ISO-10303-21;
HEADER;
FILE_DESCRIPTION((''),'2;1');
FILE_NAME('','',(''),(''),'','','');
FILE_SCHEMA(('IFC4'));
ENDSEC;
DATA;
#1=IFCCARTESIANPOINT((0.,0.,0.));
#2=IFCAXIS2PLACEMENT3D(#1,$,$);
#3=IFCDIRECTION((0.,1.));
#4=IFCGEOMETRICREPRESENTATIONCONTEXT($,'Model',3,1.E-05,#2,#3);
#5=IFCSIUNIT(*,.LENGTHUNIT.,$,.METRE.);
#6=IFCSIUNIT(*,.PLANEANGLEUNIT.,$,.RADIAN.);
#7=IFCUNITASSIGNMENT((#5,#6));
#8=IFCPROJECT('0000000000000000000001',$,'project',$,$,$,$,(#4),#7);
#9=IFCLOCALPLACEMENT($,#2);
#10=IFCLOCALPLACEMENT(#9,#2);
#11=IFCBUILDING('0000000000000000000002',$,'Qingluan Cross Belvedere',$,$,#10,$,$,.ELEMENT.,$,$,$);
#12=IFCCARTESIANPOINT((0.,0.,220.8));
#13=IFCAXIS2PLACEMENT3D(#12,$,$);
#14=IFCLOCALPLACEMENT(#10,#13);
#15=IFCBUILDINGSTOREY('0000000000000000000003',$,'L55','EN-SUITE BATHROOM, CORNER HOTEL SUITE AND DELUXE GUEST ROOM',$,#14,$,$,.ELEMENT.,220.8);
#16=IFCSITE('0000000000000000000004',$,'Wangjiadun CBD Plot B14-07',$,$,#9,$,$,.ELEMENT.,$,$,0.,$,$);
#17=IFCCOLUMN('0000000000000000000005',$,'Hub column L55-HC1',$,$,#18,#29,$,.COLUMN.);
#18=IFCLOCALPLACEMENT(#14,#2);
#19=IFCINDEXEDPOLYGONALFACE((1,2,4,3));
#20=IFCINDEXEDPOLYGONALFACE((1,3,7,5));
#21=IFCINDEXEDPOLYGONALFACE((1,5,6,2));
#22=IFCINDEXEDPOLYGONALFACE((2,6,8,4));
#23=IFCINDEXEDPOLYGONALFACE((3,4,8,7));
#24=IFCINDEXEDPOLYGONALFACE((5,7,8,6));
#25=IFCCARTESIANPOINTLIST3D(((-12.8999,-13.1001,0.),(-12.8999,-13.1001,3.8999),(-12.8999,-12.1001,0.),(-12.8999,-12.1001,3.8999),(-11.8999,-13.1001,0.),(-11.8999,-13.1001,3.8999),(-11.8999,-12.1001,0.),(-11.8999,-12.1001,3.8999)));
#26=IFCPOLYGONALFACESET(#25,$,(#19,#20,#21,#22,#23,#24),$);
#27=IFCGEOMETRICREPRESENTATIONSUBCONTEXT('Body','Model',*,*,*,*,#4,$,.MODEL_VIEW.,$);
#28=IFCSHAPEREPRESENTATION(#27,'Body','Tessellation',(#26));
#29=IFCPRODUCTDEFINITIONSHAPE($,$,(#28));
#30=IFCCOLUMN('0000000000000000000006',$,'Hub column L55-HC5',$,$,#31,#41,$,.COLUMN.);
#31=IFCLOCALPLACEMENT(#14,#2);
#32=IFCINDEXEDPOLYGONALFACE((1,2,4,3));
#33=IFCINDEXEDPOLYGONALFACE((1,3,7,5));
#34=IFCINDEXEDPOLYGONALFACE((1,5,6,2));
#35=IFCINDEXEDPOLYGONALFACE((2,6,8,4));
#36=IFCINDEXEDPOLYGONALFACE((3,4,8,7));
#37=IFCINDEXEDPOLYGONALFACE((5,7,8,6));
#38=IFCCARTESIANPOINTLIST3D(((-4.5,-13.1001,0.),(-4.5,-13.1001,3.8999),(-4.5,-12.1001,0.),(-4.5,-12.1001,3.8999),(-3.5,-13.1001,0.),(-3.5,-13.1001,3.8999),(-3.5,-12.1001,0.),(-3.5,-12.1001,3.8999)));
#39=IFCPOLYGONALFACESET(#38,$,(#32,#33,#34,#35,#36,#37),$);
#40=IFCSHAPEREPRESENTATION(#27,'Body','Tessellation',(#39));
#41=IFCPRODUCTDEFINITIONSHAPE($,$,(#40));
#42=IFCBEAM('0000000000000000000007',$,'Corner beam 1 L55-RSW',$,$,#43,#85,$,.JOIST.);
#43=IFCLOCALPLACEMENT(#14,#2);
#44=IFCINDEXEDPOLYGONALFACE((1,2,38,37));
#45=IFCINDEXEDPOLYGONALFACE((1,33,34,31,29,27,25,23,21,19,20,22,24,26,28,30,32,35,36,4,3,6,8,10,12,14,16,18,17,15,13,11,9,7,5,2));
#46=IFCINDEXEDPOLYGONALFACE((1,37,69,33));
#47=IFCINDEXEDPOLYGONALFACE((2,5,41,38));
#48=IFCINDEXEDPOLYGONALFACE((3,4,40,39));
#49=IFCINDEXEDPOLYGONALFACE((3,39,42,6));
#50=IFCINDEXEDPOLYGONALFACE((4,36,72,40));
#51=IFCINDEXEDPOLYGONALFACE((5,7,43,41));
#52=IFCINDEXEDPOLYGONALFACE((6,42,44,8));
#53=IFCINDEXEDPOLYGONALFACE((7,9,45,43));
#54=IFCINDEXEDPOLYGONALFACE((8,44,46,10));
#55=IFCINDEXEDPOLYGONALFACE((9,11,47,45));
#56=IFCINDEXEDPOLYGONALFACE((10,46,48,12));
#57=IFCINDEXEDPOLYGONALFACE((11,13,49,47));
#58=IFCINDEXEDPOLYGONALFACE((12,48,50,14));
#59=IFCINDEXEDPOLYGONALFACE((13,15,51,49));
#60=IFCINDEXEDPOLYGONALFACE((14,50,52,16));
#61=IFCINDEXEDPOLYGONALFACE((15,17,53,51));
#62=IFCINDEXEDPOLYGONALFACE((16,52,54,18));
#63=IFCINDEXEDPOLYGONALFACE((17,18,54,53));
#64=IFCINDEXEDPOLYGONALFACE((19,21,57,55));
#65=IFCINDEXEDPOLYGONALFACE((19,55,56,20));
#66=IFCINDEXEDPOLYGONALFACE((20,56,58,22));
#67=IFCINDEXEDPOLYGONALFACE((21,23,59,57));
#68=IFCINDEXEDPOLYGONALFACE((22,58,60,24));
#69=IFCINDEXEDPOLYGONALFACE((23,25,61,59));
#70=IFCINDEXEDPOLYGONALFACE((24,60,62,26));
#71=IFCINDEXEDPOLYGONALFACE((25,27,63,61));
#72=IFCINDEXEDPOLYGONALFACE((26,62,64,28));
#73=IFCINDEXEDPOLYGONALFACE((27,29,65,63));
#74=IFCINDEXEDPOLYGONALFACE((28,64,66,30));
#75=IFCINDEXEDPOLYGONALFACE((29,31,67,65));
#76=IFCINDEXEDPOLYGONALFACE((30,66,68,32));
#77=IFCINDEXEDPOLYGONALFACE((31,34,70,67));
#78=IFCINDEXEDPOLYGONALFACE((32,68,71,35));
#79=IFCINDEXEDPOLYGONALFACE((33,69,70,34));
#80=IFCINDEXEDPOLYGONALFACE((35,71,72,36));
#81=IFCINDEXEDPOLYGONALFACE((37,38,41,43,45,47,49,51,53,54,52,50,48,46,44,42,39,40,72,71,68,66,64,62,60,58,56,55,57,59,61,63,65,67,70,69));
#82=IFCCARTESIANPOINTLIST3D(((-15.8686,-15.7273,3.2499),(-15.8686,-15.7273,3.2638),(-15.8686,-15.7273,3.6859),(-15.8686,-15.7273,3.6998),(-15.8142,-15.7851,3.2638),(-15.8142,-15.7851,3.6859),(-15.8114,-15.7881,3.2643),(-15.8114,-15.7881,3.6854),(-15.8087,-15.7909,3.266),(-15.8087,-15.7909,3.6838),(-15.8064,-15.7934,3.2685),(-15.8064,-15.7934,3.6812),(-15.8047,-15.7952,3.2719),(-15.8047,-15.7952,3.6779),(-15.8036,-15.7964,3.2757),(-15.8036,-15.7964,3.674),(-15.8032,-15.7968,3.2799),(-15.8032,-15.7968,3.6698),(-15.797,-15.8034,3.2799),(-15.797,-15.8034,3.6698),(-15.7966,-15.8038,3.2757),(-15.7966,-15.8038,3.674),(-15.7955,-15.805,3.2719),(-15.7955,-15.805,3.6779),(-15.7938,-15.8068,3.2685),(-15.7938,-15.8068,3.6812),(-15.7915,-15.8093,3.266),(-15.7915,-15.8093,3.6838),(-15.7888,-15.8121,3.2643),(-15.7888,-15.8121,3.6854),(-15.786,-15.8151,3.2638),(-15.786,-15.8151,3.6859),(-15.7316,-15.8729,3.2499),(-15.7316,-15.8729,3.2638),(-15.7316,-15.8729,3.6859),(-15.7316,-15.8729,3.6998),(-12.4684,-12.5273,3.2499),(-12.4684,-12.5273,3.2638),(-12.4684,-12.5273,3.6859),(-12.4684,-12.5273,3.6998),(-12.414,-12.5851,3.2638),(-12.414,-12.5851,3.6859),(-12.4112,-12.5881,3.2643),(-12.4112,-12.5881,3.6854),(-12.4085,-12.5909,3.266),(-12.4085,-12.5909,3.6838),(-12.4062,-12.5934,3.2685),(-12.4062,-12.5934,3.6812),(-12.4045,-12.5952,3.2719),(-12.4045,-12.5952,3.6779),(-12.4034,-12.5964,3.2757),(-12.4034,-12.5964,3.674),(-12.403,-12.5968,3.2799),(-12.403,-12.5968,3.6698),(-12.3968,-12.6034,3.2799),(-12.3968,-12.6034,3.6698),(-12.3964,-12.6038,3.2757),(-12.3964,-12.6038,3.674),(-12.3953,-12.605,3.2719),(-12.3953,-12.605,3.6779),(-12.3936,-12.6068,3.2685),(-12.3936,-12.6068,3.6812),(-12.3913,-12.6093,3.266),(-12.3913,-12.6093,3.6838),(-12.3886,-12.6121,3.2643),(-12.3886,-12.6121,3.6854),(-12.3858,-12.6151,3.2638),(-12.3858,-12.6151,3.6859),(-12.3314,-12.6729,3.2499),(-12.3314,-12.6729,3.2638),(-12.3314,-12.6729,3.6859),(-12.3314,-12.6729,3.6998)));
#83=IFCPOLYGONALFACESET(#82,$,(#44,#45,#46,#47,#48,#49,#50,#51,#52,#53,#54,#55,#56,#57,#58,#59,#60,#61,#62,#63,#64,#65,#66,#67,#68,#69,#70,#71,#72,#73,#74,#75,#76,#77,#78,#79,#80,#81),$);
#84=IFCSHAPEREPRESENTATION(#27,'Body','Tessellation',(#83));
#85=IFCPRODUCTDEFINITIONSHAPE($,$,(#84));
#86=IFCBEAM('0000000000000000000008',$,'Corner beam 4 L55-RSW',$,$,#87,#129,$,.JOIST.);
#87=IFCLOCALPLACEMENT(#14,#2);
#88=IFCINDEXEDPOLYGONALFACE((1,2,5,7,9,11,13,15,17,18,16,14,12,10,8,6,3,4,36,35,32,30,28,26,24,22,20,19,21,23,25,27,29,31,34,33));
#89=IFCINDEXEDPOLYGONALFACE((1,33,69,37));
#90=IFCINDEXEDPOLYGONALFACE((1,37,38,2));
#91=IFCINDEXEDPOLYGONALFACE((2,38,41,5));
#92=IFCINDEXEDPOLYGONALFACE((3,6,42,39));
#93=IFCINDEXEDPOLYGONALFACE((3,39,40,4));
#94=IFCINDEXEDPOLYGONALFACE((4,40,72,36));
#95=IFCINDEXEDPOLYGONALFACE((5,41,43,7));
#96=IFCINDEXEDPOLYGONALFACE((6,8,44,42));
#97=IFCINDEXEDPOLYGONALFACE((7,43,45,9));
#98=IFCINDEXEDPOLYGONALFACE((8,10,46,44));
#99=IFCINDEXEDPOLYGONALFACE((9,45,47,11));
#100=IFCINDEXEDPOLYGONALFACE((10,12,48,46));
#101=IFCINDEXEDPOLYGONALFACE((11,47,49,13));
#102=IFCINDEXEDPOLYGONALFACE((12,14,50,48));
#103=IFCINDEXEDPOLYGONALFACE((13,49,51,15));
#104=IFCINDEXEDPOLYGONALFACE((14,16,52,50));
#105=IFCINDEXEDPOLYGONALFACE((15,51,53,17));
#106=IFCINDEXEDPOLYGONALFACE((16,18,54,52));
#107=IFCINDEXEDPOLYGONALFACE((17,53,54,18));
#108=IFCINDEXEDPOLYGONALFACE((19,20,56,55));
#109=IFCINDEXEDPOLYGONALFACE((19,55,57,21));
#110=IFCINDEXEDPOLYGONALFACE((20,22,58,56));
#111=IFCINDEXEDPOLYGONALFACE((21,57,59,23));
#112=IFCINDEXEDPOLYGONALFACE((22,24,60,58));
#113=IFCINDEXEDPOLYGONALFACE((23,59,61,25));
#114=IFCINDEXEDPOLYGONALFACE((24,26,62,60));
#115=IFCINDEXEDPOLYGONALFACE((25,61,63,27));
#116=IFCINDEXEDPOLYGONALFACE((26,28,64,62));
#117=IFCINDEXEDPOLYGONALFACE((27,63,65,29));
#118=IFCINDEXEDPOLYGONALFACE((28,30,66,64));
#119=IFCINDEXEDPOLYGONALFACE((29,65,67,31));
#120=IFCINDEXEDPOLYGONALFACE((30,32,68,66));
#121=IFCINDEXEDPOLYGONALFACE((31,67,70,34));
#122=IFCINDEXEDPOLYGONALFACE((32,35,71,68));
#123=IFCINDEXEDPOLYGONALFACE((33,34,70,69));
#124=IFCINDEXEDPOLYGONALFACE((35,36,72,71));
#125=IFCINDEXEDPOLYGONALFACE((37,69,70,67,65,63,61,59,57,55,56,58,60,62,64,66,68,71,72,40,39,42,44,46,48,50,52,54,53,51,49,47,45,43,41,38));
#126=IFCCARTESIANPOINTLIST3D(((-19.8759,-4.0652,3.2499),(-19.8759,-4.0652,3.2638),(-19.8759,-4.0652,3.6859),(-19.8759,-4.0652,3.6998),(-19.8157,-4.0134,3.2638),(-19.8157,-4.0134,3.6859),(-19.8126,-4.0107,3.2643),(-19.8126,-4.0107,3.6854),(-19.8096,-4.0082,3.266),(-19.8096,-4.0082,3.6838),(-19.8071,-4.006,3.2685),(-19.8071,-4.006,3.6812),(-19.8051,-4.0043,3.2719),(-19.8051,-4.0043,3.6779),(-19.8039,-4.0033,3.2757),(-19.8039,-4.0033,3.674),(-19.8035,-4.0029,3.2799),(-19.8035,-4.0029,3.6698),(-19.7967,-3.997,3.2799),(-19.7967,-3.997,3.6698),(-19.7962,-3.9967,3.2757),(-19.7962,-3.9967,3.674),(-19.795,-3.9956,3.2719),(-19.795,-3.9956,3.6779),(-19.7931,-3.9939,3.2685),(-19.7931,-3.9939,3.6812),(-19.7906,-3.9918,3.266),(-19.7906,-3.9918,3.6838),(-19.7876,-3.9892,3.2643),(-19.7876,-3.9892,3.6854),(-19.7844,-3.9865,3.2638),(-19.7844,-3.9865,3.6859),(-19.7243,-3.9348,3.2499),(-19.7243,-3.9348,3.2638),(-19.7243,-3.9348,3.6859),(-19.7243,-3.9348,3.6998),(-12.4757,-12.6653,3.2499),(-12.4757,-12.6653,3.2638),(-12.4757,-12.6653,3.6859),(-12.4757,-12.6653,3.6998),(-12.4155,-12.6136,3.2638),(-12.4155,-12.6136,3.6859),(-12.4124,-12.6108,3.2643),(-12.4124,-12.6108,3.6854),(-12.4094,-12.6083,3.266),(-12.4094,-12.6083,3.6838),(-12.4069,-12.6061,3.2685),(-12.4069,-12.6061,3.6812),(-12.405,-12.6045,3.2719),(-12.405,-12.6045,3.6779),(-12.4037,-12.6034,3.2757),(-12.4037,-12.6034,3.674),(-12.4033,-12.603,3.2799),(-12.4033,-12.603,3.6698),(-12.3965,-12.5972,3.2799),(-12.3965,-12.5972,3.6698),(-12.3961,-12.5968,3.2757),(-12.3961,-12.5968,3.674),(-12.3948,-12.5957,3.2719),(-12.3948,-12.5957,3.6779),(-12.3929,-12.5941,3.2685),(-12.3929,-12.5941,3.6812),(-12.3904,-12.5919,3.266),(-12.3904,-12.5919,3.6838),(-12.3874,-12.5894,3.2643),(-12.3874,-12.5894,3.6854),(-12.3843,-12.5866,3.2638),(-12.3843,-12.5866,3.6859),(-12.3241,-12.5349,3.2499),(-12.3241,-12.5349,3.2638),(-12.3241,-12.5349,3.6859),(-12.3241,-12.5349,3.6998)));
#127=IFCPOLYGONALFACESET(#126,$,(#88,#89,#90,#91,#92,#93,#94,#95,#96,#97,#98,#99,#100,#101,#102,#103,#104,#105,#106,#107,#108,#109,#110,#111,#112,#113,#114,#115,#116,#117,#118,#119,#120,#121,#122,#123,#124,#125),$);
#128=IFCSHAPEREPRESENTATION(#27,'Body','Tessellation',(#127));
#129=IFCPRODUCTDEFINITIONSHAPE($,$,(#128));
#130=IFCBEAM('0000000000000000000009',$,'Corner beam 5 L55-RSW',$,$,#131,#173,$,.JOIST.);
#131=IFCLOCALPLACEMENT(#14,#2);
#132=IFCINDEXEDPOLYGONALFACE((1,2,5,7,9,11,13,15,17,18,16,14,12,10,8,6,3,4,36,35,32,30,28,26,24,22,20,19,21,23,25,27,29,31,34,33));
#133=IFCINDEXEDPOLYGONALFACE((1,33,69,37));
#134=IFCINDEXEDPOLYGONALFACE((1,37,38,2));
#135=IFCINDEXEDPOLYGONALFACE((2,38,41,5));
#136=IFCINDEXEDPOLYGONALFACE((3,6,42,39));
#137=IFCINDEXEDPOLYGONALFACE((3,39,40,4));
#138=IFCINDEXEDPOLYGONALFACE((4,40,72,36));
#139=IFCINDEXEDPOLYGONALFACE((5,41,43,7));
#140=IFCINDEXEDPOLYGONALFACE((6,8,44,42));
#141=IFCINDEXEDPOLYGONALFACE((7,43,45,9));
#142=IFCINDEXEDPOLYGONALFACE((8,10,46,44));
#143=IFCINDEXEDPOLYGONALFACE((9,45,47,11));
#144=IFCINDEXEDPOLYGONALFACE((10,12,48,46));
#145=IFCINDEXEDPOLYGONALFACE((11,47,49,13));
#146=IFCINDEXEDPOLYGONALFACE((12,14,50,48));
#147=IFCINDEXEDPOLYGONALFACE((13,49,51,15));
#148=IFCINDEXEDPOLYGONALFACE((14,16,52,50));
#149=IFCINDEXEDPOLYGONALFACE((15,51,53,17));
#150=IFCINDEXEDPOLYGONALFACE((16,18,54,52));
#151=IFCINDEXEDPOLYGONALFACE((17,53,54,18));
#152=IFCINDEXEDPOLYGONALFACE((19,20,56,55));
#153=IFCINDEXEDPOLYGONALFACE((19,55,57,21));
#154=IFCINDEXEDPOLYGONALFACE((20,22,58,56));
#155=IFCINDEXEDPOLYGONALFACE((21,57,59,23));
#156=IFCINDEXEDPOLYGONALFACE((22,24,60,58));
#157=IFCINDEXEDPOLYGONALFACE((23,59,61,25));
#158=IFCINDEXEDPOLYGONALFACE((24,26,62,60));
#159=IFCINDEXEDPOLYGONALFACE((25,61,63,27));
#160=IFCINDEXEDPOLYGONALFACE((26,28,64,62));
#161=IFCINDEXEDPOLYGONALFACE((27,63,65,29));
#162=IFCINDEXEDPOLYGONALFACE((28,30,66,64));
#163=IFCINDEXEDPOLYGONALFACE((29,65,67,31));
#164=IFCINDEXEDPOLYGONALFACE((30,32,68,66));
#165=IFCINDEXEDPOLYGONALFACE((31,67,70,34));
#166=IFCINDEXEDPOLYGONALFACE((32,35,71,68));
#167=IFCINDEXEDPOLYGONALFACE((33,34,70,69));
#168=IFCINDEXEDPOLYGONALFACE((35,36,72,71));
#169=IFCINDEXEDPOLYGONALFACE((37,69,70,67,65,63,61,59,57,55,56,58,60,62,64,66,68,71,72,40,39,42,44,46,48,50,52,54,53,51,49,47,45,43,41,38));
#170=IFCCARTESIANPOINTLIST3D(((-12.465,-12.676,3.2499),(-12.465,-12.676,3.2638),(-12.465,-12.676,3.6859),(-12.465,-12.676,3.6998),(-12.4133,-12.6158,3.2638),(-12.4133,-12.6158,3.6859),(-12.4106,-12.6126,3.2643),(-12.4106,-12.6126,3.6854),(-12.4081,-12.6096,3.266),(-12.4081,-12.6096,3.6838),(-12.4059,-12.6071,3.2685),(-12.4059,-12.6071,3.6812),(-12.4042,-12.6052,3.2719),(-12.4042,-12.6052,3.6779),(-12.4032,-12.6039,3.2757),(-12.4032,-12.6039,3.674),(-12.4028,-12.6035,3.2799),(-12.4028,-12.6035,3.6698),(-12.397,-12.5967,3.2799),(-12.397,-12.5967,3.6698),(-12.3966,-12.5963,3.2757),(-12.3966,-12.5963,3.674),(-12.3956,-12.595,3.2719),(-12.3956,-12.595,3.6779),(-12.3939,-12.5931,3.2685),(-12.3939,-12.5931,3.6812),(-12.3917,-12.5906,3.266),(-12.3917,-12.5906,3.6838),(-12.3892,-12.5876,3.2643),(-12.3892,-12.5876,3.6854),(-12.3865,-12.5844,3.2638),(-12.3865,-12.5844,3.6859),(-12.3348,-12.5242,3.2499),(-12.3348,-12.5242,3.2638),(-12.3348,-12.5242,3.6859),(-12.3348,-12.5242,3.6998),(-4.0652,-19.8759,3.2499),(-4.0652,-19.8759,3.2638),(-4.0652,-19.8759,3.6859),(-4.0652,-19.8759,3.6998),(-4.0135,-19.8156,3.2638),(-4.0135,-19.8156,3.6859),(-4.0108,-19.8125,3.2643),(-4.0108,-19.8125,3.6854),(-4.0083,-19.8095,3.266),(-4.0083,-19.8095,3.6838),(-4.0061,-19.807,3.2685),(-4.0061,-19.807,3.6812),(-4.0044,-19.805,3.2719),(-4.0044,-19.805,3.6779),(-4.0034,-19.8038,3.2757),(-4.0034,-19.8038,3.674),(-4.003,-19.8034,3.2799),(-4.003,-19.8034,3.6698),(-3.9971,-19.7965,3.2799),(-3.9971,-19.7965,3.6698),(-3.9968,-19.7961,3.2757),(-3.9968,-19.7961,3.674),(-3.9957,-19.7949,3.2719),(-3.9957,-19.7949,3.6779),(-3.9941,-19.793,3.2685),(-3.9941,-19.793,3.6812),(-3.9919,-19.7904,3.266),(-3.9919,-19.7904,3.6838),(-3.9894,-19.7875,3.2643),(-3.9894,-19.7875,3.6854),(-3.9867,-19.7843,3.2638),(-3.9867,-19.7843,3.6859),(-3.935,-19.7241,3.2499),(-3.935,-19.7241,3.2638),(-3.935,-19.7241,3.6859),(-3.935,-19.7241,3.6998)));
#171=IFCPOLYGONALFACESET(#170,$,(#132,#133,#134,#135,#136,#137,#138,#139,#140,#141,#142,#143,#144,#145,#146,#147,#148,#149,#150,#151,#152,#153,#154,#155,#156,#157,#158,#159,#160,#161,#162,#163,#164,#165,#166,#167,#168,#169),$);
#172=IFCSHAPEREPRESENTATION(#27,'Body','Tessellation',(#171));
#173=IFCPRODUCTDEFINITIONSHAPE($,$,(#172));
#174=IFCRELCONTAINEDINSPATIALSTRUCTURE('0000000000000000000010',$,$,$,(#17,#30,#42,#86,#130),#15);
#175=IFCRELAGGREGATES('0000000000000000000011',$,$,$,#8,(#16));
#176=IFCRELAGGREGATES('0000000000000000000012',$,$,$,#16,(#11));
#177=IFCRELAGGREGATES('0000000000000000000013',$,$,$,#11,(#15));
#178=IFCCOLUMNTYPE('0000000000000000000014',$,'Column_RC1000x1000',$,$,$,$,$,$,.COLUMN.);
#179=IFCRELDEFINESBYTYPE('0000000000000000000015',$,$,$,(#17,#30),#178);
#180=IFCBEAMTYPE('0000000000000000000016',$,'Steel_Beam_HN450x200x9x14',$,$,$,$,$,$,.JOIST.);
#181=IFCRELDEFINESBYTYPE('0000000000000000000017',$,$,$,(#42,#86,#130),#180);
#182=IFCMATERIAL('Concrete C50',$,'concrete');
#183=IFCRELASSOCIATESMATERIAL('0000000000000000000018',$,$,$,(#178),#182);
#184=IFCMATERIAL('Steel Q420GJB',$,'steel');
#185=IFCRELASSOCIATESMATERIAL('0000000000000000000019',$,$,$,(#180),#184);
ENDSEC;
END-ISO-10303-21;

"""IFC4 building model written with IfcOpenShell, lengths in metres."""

from ifc_helpers import new_model, si_unit, direction, frame, origin, origin_2d, place, context, subcontext, project, spatial, rectangle, i_section, extrude, material, material_profile, profile_set, type_object, element, save


model = new_model("IFC4")

# Units and contexts
model_context = context("Model", 3, precision=1e-05, world=origin(), true_north=direction((0.0, 1.0)))
body_context = subcontext(model_context, "Body", "Model", "MODEL_VIEW")
ifc_project = project(units=[si_unit("LENGTHUNIT", "METRE"), si_unit("PLANEANGLEUNIT", "RADIAN")], contexts=[model_context])

# Site, building, storey
site_placement = place(None, origin())
site = spatial("IfcSite", under=ifc_project, at=site_placement, Name="Wangjiadun CBD Plot B14-07", CompositionType="ELEMENT", RefElevation=0.0)
building_placement = place(site_placement, origin())
building = spatial("IfcBuilding", under=site, at=building_placement, Name="Qingluan Cross Belvedere", CompositionType="ELEMENT")
storey_placement = place(building_placement, frame((0.0, 0.0, 220.8)))
storey = spatial("IfcBuildingStorey", under=building, at=storey_placement, Name="L55", Description="EN-SUITE BATHROOM, CORNER HOTEL SUITE AND DELUXE GUEST ROOM", CompositionType="ELEMENT", Elevation=220.8)

# Columns
ifc_material_1 = material(Name="Concrete C50", Category="concrete")
ifc_material_profile_1 = material_profile(ifc_material_1, rectangle(XDim=1.0, YDim=1.0, at=origin_2d()), Name="RC1000x1000")
ifc_profile_set_1 = profile_set([ifc_material_profile_1], Name="Concrete C50")
column_type = type_object("IfcColumnType", Name="Column_RC1000x1000", PredefinedType="COLUMN", material=ifc_profile_set_1)
for number, where, z_axis, x_axis, name in (
    (1, (-12.3999, -12.6001, 0.0), (0.0, 0.0, 1.0), (1.0, 0.0, 0.0), "Hub column L55-HC1"),
    (2, (-4.0, -12.6001, 0.0), (0.0, 0.0, 1.0), (1.0, 0.0, 0.0), "Hub column L55-HC5"),
):
    element("IfcColumn", number, at=place(storey_placement, frame(where, z_axis=z_axis, x_axis=x_axis)), inside=storey, type_object=column_type, Name=name, PredefinedType="COLUMN", context=body_context, shape_type="SweptSolid", body=[
        extrude(rectangle(XDim=1.0, YDim=1.0, at=origin_2d()), origin(), (0.0, 0.0, 1.0), 3.8999),
    ])

# Beams
ifc_material_2 = material(Name="Steel Q420GJB", Category="steel")
ifc_material_profile_2 = material_profile(ifc_material_2, i_section(OverallWidth=0.2, OverallDepth=0.45, WebThickness=0.009, FlangeThickness=0.0139, FilletRadius=0.0161, at=origin_2d()), Name="HN450x200x9x14")
ifc_profile_set_2 = profile_set([ifc_material_profile_2], Name="Steel Q420GJB")
beam_type_1 = type_object("IfcBeamType", Name="Steel_Beam_HN450x200x9x14", PredefinedType="JOIST", material=ifc_profile_set_2)
beam_1_placement = place(storey_placement, frame((-12.3999, -12.6001, 3.4749), z_axis=(-0.72822, -0.685343, 0.0), x_axis=(0.685343, -0.72822, 0.0)))
element("IfcBeam", 3, at=beam_1_placement, inside=storey, type_object=beam_type_1, Name="Corner beam 1 L55-RSW", PredefinedType="JOIST", context=body_context, shape_type="SweptSolid", body=[
    extrude(i_section(OverallWidth=0.2, OverallDepth=0.45, WebThickness=0.009, FlangeThickness=0.0139, FilletRadius=0.0161, at=origin_2d()), origin(), (0.0, 0.0, 1.0), 4.6692),
])
beam_2_placement = place(storey_placement, frame((-12.3999, -12.6001, 3.4749), z_axis=(-0.652245, 0.758008, 0.0), x_axis=(-0.758008, -0.652245, 0.0)))
element("IfcBeam", 4, at=beam_2_placement, inside=storey, type_object=beam_type_1, Name="Corner beam 4 L55-RSW", PredefinedType="JOIST", context=body_context, shape_type="SweptSolid", body=[
    extrude(i_section(OverallWidth=0.2, OverallDepth=0.45, WebThickness=0.009, FlangeThickness=0.0139, FilletRadius=0.0161, at=origin_2d()), origin(), (0.0, 0.0, 1.0), 11.3457),
])
beam_3_placement = place(storey_placement, frame((-12.3999, -12.6001, 3.4749), z_axis=(0.759255, -0.650793, 0.0), x_axis=(0.650793, 0.759255, 0.0)))
element("IfcBeam", 5, at=beam_3_placement, inside=storey, type_object=beam_type_1, Name="Corner beam 5 L55-RSW", PredefinedType="JOIST", context=body_context, shape_type="SweptSolid", body=[
    extrude(i_section(OverallWidth=0.2, OverallDepth=0.45, WebThickness=0.009, FlangeThickness=0.0139, FilletRadius=0.0161, at=origin_2d()), origin(), (0.0, 0.0, 1.0), 11.0632),
])

save(model, "model.ifc")
